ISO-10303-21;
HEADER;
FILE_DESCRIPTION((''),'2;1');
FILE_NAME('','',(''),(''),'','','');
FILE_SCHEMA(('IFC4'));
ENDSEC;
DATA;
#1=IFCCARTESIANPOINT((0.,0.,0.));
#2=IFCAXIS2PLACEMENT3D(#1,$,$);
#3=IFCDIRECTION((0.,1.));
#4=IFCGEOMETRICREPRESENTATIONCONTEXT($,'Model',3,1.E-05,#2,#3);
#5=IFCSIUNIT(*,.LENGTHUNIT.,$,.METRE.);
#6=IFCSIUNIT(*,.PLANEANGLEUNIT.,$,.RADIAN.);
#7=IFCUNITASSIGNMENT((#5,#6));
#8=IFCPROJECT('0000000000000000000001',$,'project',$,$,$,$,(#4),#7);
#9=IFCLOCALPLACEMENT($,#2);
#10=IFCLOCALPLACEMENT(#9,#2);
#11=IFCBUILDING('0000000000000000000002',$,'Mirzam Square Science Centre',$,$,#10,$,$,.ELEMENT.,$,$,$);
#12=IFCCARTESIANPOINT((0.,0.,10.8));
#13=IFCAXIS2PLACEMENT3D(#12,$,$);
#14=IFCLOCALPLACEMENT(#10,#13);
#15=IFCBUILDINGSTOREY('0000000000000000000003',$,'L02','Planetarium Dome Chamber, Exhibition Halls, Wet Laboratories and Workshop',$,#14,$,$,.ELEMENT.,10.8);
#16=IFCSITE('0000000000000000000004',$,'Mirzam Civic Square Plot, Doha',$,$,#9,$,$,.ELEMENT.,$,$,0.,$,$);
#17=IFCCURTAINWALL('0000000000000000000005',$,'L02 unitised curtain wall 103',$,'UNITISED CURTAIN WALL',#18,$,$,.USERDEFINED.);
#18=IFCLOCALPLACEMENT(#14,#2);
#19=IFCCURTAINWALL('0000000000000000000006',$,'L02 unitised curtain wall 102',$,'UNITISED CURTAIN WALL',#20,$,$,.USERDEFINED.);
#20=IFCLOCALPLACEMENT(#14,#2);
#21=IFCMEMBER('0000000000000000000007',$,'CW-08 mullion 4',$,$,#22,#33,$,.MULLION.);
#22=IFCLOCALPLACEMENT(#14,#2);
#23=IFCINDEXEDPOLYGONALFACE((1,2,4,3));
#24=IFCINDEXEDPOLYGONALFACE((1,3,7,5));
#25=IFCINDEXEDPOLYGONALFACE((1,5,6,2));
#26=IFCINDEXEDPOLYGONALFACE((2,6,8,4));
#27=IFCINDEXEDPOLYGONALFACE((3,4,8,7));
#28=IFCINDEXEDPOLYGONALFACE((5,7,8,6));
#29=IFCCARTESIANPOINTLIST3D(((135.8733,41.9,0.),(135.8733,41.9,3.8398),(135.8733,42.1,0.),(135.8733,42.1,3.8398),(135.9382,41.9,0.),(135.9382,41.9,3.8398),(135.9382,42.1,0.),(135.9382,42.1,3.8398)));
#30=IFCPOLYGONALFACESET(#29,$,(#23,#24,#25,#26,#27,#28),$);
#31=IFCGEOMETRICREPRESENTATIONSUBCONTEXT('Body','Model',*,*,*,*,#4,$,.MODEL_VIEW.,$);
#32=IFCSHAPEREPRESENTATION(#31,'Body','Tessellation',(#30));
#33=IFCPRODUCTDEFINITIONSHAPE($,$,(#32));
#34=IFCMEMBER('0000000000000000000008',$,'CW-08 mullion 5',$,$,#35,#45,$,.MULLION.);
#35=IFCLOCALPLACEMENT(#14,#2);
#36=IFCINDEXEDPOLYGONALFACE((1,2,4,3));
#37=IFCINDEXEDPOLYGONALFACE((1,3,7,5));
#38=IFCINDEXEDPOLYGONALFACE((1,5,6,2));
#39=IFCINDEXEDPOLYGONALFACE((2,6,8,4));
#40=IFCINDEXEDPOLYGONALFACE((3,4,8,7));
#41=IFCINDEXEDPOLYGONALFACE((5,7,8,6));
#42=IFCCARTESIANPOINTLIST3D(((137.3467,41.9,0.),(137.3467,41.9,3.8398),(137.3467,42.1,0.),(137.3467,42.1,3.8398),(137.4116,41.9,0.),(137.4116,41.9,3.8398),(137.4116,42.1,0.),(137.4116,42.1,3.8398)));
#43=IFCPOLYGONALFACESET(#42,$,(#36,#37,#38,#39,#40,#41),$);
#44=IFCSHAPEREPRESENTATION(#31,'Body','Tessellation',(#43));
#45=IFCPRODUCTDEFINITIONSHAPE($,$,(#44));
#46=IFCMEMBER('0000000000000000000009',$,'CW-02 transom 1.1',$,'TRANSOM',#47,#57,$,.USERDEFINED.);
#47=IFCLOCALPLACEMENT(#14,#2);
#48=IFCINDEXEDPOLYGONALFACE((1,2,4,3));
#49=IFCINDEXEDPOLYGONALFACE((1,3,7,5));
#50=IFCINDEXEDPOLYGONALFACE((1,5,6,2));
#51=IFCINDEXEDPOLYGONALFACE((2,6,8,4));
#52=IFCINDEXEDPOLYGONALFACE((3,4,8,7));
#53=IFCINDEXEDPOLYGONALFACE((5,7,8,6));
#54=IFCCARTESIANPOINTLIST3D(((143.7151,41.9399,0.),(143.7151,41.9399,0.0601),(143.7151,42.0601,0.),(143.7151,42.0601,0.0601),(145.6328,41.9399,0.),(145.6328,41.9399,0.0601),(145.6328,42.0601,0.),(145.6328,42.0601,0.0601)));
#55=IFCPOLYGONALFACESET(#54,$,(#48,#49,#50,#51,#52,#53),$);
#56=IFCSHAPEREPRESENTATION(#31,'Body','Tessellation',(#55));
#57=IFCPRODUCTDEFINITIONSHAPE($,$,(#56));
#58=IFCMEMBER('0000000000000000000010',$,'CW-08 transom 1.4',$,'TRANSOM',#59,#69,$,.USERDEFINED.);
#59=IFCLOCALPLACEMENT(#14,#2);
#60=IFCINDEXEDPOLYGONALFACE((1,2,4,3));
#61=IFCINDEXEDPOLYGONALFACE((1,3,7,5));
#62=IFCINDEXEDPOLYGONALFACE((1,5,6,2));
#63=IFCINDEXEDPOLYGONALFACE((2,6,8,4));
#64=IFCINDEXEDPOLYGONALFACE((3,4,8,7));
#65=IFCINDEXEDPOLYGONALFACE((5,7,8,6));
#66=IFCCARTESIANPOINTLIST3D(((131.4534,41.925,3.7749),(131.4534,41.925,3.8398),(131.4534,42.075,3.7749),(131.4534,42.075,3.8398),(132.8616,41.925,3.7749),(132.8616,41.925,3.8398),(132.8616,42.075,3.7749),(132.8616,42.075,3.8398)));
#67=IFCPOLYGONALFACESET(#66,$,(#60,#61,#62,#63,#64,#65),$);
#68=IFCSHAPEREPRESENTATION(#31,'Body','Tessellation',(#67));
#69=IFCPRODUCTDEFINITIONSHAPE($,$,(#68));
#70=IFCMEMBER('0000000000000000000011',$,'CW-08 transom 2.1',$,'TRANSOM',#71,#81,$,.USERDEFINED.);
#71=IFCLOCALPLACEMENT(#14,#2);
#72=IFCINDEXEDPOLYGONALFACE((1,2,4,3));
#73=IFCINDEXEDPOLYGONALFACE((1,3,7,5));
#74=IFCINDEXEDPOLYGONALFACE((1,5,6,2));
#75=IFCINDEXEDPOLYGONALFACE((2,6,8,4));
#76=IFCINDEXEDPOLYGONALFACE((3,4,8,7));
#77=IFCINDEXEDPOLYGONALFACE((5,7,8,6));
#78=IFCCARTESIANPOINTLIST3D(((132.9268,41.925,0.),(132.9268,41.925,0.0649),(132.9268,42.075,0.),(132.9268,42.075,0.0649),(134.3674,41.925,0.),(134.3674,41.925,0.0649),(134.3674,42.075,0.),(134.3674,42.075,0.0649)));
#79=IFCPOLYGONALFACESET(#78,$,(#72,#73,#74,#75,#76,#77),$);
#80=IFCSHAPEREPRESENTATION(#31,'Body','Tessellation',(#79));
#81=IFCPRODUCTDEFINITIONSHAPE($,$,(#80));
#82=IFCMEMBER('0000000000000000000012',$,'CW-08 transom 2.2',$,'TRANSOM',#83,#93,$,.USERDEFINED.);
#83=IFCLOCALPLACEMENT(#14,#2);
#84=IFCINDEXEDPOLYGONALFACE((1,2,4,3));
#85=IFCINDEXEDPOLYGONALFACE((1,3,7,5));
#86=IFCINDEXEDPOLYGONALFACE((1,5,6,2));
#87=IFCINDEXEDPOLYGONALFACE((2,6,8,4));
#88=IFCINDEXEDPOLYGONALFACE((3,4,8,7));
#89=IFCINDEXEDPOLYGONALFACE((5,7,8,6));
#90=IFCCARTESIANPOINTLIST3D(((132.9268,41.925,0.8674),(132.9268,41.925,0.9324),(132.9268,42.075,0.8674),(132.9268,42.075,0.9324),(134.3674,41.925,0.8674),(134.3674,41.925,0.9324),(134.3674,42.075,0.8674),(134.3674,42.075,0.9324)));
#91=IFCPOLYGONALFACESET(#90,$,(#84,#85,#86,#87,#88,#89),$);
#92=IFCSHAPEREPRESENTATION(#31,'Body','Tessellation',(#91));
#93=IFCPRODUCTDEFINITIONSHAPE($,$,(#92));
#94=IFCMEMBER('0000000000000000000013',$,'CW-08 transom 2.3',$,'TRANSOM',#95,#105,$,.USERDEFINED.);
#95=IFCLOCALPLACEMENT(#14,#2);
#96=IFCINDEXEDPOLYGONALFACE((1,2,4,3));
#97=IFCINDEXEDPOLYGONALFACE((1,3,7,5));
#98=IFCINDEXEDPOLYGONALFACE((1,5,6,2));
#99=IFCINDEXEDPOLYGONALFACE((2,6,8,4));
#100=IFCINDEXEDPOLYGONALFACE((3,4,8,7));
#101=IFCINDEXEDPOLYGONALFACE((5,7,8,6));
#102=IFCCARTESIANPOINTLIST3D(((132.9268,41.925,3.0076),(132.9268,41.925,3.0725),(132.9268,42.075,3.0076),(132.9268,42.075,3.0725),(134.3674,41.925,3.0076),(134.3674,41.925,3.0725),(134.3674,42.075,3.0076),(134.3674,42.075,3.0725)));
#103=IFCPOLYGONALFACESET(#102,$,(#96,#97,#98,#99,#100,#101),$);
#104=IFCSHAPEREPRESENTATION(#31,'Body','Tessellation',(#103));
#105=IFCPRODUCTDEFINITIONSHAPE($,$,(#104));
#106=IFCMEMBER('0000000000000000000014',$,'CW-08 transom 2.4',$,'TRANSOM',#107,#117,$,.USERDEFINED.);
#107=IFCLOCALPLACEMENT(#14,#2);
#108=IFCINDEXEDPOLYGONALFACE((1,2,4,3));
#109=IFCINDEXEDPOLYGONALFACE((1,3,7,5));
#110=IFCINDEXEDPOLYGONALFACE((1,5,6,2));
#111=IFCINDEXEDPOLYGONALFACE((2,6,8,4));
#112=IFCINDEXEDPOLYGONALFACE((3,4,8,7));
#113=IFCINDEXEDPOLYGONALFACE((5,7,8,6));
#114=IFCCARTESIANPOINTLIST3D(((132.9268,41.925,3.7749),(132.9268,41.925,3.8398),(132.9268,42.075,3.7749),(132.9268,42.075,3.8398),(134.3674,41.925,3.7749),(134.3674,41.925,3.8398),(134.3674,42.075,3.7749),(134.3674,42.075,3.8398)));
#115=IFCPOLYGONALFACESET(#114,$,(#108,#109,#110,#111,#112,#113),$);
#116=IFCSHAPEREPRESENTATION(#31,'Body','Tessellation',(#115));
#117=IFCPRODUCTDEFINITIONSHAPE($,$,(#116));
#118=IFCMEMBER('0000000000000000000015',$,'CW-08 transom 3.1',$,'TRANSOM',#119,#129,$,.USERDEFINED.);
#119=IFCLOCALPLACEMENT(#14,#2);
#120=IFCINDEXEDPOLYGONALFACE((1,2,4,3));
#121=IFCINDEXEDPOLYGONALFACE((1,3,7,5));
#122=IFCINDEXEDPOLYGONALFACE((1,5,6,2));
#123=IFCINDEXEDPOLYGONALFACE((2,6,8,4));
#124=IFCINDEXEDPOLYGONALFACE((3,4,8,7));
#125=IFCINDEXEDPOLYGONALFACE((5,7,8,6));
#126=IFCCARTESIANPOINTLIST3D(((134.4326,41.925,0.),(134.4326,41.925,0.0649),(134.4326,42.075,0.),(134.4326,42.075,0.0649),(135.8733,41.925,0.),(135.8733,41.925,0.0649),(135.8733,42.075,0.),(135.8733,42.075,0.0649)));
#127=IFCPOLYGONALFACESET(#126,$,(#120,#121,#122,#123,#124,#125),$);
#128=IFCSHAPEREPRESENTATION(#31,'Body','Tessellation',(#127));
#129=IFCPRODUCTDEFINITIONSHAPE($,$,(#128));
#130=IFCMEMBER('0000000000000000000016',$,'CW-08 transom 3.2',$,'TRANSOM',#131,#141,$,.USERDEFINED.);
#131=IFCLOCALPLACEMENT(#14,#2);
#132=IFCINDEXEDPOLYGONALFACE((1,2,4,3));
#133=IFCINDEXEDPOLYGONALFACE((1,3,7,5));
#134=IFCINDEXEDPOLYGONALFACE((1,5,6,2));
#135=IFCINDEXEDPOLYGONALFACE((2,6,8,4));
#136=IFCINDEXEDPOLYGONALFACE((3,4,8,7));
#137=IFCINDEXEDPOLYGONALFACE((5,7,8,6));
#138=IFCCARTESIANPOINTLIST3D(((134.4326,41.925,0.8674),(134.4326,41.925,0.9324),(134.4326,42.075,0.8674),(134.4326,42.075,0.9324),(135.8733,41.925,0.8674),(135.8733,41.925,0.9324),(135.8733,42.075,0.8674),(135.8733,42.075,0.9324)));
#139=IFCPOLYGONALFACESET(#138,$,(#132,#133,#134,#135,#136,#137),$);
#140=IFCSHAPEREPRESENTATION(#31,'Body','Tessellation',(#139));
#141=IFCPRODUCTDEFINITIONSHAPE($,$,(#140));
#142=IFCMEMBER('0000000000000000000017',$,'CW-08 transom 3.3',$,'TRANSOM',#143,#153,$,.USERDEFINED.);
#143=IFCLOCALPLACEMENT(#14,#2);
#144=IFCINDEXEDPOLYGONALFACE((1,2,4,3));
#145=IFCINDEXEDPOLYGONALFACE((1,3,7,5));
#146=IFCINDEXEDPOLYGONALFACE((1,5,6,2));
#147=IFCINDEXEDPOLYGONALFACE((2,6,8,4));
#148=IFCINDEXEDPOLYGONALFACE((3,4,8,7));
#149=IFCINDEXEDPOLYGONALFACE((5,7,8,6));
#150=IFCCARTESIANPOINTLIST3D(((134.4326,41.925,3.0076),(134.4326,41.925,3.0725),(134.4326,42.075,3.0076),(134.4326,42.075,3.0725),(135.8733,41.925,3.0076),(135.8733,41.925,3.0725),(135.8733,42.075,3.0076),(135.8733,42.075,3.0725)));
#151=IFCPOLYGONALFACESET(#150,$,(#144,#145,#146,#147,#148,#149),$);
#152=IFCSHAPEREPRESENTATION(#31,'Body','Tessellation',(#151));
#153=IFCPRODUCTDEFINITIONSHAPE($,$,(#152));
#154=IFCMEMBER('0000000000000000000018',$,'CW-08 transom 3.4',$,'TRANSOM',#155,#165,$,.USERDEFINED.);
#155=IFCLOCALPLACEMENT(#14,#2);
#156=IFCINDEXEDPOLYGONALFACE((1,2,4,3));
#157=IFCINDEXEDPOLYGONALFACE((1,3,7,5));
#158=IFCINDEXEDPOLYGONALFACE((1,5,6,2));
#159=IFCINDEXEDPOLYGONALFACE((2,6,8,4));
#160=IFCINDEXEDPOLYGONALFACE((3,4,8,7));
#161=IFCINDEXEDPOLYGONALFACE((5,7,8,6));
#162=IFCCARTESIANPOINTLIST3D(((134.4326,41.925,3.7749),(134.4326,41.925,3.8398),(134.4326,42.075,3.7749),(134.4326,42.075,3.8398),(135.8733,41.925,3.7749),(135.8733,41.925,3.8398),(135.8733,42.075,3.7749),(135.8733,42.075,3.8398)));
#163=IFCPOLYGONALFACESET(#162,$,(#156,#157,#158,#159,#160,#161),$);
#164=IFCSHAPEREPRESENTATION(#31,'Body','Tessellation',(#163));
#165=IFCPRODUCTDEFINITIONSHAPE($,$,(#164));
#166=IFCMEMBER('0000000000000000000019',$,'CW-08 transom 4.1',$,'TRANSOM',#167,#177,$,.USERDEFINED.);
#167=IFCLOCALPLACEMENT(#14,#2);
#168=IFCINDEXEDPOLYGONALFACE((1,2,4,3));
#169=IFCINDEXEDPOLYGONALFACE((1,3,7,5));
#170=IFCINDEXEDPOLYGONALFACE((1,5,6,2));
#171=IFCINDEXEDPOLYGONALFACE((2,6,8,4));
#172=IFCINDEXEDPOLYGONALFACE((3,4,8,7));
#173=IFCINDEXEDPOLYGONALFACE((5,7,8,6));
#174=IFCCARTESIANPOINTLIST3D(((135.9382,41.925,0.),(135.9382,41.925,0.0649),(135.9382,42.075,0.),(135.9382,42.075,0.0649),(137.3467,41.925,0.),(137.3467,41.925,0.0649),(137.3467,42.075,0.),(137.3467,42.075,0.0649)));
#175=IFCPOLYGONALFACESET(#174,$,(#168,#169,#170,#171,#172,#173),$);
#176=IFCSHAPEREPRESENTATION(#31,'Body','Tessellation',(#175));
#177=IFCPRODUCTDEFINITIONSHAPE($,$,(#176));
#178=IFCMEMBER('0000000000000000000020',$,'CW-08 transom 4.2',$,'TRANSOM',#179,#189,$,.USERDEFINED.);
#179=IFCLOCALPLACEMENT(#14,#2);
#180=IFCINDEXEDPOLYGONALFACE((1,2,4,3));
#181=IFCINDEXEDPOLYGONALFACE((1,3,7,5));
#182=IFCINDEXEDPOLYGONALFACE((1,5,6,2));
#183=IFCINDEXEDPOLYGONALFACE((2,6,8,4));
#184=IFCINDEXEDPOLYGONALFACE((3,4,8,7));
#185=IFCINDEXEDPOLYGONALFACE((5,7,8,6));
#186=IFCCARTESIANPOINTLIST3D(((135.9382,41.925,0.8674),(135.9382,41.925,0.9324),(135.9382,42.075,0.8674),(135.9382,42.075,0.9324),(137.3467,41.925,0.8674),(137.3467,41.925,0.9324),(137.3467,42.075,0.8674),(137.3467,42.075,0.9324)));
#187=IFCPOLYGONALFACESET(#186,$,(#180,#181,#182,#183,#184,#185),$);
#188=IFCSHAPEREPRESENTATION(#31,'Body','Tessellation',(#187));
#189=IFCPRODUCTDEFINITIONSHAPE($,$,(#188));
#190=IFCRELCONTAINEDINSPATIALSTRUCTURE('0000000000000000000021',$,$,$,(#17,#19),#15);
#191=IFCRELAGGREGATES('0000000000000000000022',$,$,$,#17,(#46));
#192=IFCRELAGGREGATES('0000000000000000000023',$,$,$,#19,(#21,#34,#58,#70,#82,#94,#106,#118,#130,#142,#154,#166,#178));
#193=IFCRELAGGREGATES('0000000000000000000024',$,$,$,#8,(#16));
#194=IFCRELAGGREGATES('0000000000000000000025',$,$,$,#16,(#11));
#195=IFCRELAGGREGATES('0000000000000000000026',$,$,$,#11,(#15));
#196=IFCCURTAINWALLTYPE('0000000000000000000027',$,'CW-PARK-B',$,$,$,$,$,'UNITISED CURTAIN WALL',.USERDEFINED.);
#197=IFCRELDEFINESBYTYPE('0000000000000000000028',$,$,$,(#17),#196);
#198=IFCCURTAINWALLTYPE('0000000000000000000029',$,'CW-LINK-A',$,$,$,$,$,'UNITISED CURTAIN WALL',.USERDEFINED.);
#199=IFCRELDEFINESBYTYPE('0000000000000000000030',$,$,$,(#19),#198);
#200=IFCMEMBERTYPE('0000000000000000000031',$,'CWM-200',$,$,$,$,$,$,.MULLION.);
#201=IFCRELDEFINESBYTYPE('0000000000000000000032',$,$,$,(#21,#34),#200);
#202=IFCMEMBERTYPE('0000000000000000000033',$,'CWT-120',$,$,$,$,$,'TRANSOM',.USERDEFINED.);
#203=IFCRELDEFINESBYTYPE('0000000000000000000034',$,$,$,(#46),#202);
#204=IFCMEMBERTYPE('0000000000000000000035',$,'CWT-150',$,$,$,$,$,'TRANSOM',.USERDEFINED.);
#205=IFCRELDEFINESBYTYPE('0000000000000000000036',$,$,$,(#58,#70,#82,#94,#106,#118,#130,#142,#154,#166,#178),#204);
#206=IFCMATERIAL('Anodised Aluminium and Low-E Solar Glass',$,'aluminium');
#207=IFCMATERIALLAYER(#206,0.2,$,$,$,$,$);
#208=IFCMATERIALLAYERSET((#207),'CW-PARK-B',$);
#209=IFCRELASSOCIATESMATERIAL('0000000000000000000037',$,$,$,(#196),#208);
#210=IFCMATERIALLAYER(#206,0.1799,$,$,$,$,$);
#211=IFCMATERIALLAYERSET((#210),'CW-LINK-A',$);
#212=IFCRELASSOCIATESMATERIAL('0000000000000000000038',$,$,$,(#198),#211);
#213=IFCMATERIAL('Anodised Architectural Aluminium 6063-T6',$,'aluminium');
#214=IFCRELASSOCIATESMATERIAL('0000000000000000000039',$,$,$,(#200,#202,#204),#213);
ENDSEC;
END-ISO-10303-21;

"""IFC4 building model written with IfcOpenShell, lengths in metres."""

from ifc_helpers import new_model, si_unit, direction, frame, origin, origin_2d, place, context, subcontext, project, spatial, rectangle, extrude, material, layer, layer_set, material_profile, profile_set, type_object, element, aggregate, save


model = new_model("IFC4")

# Units and contexts
model_context = context("Model", 3, precision=1e-05, world=origin(), true_north=direction((0.0, 1.0)))
body_context = subcontext(model_context, "Body", "Model", "MODEL_VIEW")
ifc_project = project(units=[si_unit("LENGTHUNIT", "METRE"), si_unit("PLANEANGLEUNIT", "RADIAN")], contexts=[model_context])

# Site, building, storey
site_placement = place(None, origin())
site = spatial("IfcSite", under=ifc_project, at=site_placement, Name="Mirzam Civic Square Plot, Doha", CompositionType="ELEMENT", RefElevation=0.0)
building_placement = place(site_placement, origin())
building = spatial("IfcBuilding", under=site, at=building_placement, Name="Mirzam Square Science Centre", CompositionType="ELEMENT")
storey_placement = place(building_placement, frame((0.0, 0.0, 10.8)))
storey = spatial("IfcBuildingStorey", under=building, at=storey_placement, Name="L02", Description="Planetarium Dome Chamber, Exhibition Halls, Wet Laboratories and Workshop", CompositionType="ELEMENT", Elevation=10.8)

# Curtain wall
ifc_material_1 = material(Name="Anodised Aluminium and Low-E Solar Glass", Category="aluminium")
ifc_layer_1 = layer(ifc_material_1, 0.2)
ifc_layer_set_1 = layer_set([ifc_layer_1], Name="CW-PARK-B")
curtain_wall_type_1 = type_object("IfcCurtainWallType", Name="CW-PARK-B", ElementType="UNITISED CURTAIN WALL", PredefinedType="USERDEFINED", material=ifc_layer_set_1)
curtain_wall_1_placement = place(storey_placement, origin())
curtain_wall_1 = element("IfcCurtainWall", 1, at=curtain_wall_1_placement, inside=storey, type_object=curtain_wall_type_1, Name="L02 unitised curtain wall 103", ObjectType="UNITISED CURTAIN WALL", PredefinedType="USERDEFINED")
ifc_material_2 = material(Name="Anodised Architectural Aluminium 6063-T6", Category="aluminium")

# Curtain wall, members
ifc_layer_2 = layer(ifc_material_1, 0.1799)
ifc_layer_set_2 = layer_set([ifc_layer_2], Name="CW-LINK-A")
curtain_wall_type_2 = type_object("IfcCurtainWallType", Name="CW-LINK-A", ElementType="UNITISED CURTAIN WALL", PredefinedType="USERDEFINED", material=ifc_layer_set_2)
curtain_wall_2_placement = place(storey_placement, origin())
curtain_wall_2 = element("IfcCurtainWall", 2, at=curtain_wall_2_placement, inside=storey, type_object=curtain_wall_type_2, Name="L02 unitised curtain wall 102", ObjectType="UNITISED CURTAIN WALL", PredefinedType="USERDEFINED")
ifc_material_profile_1 = material_profile(ifc_material_2, rectangle(XDim=0.0649, YDim=0.2, at=origin_2d()), Name="ALU-MULL-200x65x5")
ifc_profile_set_1 = profile_set([ifc_material_profile_1], Name="Anodised Architectural Aluminium 6063-T6")
member_type_1 = type_object("IfcMemberType", Name="CWM-200", PredefinedType="MULLION", material=ifc_profile_set_1)
member_1_placement = place(storey_placement, frame((135.9058, 42.0, 0.0), z_axis=(0.0, 0.0, 1.0), x_axis=(1.0, 0.0, 0.0)))
member_1 = element("IfcMember", 3, at=member_1_placement, type_object=member_type_1, Name="CW-08 mullion 4", PredefinedType="MULLION", context=body_context, shape_type="SweptSolid", body=[
    extrude(rectangle(XDim=0.0649, YDim=0.2, at=origin_2d()), origin(), (0.0, 0.0, 1.0), 3.8398),
])
member_2_placement = place(storey_placement, frame((137.3792, 42.0, 0.0), z_axis=(0.0, 0.0, 1.0), x_axis=(1.0, 0.0, 0.0)))
member_2 = element("IfcMember", 4, at=member_2_placement, type_object=member_type_1, Name="CW-08 mullion 5", PredefinedType="MULLION", context=body_context, shape_type="SweptSolid", body=[
    extrude(rectangle(XDim=0.0649, YDim=0.2, at=origin_2d()), origin(), (0.0, 0.0, 1.0), 3.8398),
])

# Members
ifc_material_profile_2 = material_profile(ifc_material_2, rectangle(XDim=0.1201, YDim=0.0601, at=origin_2d()), Name="ALU-TRAN-120x60x4")
ifc_profile_set_2 = profile_set([ifc_material_profile_2], Name="Anodised Architectural Aluminium 6063-T6")
member_type_2 = type_object("IfcMemberType", Name="CWT-120", ElementType="TRANSOM", PredefinedType="USERDEFINED", material=ifc_profile_set_2)
member_3_placement = place(storey_placement, frame((143.7151, 42.0, 0.03), z_axis=(1.0, 0.0, 0.0), x_axis=(0.0, 1.0, 0.0)))
member_3 = element("IfcMember", 5, at=member_3_placement, type_object=member_type_2, Name="CW-02 transom 1.1", ObjectType="TRANSOM", PredefinedType="USERDEFINED", context=body_context, shape_type="SweptSolid", body=[
    extrude(rectangle(XDim=0.1201, YDim=0.0601, at=origin_2d()), origin(), (0.0, 0.0, 1.0), 1.9177),
])
aggregate(curtain_wall_1, [member_3])
ifc_material_profile_3 = material_profile(ifc_material_2, rectangle(XDim=0.1499, YDim=0.0649, at=origin_2d()), Name="ALU-TRAN-150x65x4")
ifc_profile_set_3 = profile_set([ifc_material_profile_3], Name="Anodised Architectural Aluminium 6063-T6")
member_type_3 = type_object("IfcMemberType", Name="CWT-150", ElementType="TRANSOM", PredefinedType="USERDEFINED", material=ifc_profile_set_3)
member_4_placement = place(storey_placement, frame((131.4534, 42.0, 3.8074), z_axis=(1.0, 0.0, 0.0), x_axis=(0.0, 1.0, 0.0)))
member_4 = element("IfcMember", 6, at=member_4_placement, type_object=member_type_3, Name="CW-08 transom 1.4", ObjectType="TRANSOM", PredefinedType="USERDEFINED", context=body_context, shape_type="SweptSolid", body=[
    extrude(rectangle(XDim=0.1499, YDim=0.0649, at=origin_2d()), origin(), (0.0, 0.0, 1.0), 1.4082),
])
member_5_placement = place(storey_placement, frame((132.9268, 42.0, 0.0325), z_axis=(1.0, 0.0, 0.0), x_axis=(0.0, 1.0, 0.0)))
member_5 = element("IfcMember", 7, at=member_5_placement, type_object=member_type_3, Name="CW-08 transom 2.1", ObjectType="TRANSOM", PredefinedType="USERDEFINED", context=body_context, shape_type="SweptSolid", body=[
    extrude(rectangle(XDim=0.1499, YDim=0.0649, at=origin_2d()), origin(), (0.0, 0.0, 1.0), 1.4407),
])
member_6_placement = place(storey_placement, frame((132.9268, 42.0, 0.8999), z_axis=(1.0, 0.0, 0.0), x_axis=(0.0, 1.0, 0.0)))
member_6 = element("IfcMember", 8, at=member_6_placement, type_object=member_type_3, Name="CW-08 transom 2.2", ObjectType="TRANSOM", PredefinedType="USERDEFINED", context=body_context, shape_type="SweptSolid", body=[
    extrude(rectangle(XDim=0.1499, YDim=0.0649, at=origin_2d()), origin(), (0.0, 0.0, 1.0), 1.4407),
])
member_7_placement = place(storey_placement, frame((132.9268, 42.0, 3.04), z_axis=(1.0, 0.0, 0.0), x_axis=(0.0, 1.0, 0.0)))
member_7 = element("IfcMember", 9, at=member_7_placement, type_object=member_type_3, Name="CW-08 transom 2.3", ObjectType="TRANSOM", PredefinedType="USERDEFINED", context=body_context, shape_type="SweptSolid", body=[
    extrude(rectangle(XDim=0.1499, YDim=0.0649, at=origin_2d()), origin(), (0.0, 0.0, 1.0), 1.4407),
])
member_8_placement = place(storey_placement, frame((132.9268, 42.0, 3.8074), z_axis=(1.0, 0.0, 0.0), x_axis=(0.0, 1.0, 0.0)))
member_8 = element("IfcMember", 10, at=member_8_placement, type_object=member_type_3, Name="CW-08 transom 2.4", ObjectType="TRANSOM", PredefinedType="USERDEFINED", context=body_context, shape_type="SweptSolid", body=[
    extrude(rectangle(XDim=0.1499, YDim=0.0649, at=origin_2d()), origin(), (0.0, 0.0, 1.0), 1.4407),
])
member_9_placement = place(storey_placement, frame((134.4326, 42.0, 0.0325), z_axis=(1.0, 0.0, 0.0), x_axis=(0.0, 1.0, 0.0)))
member_9 = element("IfcMember", 11, at=member_9_placement, type_object=member_type_3, Name="CW-08 transom 3.1", ObjectType="TRANSOM", PredefinedType="USERDEFINED", context=body_context, shape_type="SweptSolid", body=[
    extrude(rectangle(XDim=0.1499, YDim=0.0649, at=origin_2d()), origin(), (0.0, 0.0, 1.0), 1.4407),
])
member_10_placement = place(storey_placement, frame((134.4326, 42.0, 0.8999), z_axis=(1.0, 0.0, 0.0), x_axis=(0.0, 1.0, 0.0)))
member_10 = element("IfcMember", 12, at=member_10_placement, type_object=member_type_3, Name="CW-08 transom 3.2", ObjectType="TRANSOM", PredefinedType="USERDEFINED", context=body_context, shape_type="SweptSolid", body=[
    extrude(rectangle(XDim=0.1499, YDim=0.0649, at=origin_2d()), origin(), (0.0, 0.0, 1.0), 1.4407),
])
member_11_placement = place(storey_placement, frame((134.4326, 42.0, 3.04), z_axis=(1.0, 0.0, 0.0), x_axis=(0.0, 1.0, 0.0)))
member_11 = element("IfcMember", 13, at=member_11_placement, type_object=member_type_3, Name="CW-08 transom 3.3", ObjectType="TRANSOM", PredefinedType="USERDEFINED", context=body_context, shape_type="SweptSolid", body=[
    extrude(rectangle(XDim=0.1499, YDim=0.0649, at=origin_2d()), origin(), (0.0, 0.0, 1.0), 1.4407),
])
member_12_placement = place(storey_placement, frame((134.4326, 42.0, 3.8074), z_axis=(1.0, 0.0, 0.0), x_axis=(0.0, 1.0, 0.0)))
member_12 = element("IfcMember", 14, at=member_12_placement, type_object=member_type_3, Name="CW-08 transom 3.4", ObjectType="TRANSOM", PredefinedType="USERDEFINED", context=body_context, shape_type="SweptSolid", body=[
    extrude(rectangle(XDim=0.1499, YDim=0.0649, at=origin_2d()), origin(), (0.0, 0.0, 1.0), 1.4407),
])
member_13_placement = place(storey_placement, frame((135.9382, 42.0, 0.0325), z_axis=(1.0, 0.0, 0.0), x_axis=(0.0, 1.0, 0.0)))
member_13 = element("IfcMember", 15, at=member_13_placement, type_object=member_type_3, Name="CW-08 transom 4.1", ObjectType="TRANSOM", PredefinedType="USERDEFINED", context=body_context, shape_type="SweptSolid", body=[
    extrude(rectangle(XDim=0.1499, YDim=0.0649, at=origin_2d()), origin(), (0.0, 0.0, 1.0), 1.4084),
])
member_14_placement = place(storey_placement, frame((135.9382, 42.0, 0.8999), z_axis=(1.0, 0.0, 0.0), x_axis=(0.0, 1.0, 0.0)))
member_14 = element("IfcMember", 16, at=member_14_placement, type_object=member_type_3, Name="CW-08 transom 4.2", ObjectType="TRANSOM", PredefinedType="USERDEFINED", context=body_context, shape_type="SweptSolid", body=[
    extrude(rectangle(XDim=0.1499, YDim=0.0649, at=origin_2d()), origin(), (0.0, 0.0, 1.0), 1.4084),
])

aggregate(curtain_wall_2, [member_1, member_2, member_4, member_5, member_6, member_7, member_8, member_9, member_10, member_11, member_12, member_13, member_14])

save(model, "model.ifc")
